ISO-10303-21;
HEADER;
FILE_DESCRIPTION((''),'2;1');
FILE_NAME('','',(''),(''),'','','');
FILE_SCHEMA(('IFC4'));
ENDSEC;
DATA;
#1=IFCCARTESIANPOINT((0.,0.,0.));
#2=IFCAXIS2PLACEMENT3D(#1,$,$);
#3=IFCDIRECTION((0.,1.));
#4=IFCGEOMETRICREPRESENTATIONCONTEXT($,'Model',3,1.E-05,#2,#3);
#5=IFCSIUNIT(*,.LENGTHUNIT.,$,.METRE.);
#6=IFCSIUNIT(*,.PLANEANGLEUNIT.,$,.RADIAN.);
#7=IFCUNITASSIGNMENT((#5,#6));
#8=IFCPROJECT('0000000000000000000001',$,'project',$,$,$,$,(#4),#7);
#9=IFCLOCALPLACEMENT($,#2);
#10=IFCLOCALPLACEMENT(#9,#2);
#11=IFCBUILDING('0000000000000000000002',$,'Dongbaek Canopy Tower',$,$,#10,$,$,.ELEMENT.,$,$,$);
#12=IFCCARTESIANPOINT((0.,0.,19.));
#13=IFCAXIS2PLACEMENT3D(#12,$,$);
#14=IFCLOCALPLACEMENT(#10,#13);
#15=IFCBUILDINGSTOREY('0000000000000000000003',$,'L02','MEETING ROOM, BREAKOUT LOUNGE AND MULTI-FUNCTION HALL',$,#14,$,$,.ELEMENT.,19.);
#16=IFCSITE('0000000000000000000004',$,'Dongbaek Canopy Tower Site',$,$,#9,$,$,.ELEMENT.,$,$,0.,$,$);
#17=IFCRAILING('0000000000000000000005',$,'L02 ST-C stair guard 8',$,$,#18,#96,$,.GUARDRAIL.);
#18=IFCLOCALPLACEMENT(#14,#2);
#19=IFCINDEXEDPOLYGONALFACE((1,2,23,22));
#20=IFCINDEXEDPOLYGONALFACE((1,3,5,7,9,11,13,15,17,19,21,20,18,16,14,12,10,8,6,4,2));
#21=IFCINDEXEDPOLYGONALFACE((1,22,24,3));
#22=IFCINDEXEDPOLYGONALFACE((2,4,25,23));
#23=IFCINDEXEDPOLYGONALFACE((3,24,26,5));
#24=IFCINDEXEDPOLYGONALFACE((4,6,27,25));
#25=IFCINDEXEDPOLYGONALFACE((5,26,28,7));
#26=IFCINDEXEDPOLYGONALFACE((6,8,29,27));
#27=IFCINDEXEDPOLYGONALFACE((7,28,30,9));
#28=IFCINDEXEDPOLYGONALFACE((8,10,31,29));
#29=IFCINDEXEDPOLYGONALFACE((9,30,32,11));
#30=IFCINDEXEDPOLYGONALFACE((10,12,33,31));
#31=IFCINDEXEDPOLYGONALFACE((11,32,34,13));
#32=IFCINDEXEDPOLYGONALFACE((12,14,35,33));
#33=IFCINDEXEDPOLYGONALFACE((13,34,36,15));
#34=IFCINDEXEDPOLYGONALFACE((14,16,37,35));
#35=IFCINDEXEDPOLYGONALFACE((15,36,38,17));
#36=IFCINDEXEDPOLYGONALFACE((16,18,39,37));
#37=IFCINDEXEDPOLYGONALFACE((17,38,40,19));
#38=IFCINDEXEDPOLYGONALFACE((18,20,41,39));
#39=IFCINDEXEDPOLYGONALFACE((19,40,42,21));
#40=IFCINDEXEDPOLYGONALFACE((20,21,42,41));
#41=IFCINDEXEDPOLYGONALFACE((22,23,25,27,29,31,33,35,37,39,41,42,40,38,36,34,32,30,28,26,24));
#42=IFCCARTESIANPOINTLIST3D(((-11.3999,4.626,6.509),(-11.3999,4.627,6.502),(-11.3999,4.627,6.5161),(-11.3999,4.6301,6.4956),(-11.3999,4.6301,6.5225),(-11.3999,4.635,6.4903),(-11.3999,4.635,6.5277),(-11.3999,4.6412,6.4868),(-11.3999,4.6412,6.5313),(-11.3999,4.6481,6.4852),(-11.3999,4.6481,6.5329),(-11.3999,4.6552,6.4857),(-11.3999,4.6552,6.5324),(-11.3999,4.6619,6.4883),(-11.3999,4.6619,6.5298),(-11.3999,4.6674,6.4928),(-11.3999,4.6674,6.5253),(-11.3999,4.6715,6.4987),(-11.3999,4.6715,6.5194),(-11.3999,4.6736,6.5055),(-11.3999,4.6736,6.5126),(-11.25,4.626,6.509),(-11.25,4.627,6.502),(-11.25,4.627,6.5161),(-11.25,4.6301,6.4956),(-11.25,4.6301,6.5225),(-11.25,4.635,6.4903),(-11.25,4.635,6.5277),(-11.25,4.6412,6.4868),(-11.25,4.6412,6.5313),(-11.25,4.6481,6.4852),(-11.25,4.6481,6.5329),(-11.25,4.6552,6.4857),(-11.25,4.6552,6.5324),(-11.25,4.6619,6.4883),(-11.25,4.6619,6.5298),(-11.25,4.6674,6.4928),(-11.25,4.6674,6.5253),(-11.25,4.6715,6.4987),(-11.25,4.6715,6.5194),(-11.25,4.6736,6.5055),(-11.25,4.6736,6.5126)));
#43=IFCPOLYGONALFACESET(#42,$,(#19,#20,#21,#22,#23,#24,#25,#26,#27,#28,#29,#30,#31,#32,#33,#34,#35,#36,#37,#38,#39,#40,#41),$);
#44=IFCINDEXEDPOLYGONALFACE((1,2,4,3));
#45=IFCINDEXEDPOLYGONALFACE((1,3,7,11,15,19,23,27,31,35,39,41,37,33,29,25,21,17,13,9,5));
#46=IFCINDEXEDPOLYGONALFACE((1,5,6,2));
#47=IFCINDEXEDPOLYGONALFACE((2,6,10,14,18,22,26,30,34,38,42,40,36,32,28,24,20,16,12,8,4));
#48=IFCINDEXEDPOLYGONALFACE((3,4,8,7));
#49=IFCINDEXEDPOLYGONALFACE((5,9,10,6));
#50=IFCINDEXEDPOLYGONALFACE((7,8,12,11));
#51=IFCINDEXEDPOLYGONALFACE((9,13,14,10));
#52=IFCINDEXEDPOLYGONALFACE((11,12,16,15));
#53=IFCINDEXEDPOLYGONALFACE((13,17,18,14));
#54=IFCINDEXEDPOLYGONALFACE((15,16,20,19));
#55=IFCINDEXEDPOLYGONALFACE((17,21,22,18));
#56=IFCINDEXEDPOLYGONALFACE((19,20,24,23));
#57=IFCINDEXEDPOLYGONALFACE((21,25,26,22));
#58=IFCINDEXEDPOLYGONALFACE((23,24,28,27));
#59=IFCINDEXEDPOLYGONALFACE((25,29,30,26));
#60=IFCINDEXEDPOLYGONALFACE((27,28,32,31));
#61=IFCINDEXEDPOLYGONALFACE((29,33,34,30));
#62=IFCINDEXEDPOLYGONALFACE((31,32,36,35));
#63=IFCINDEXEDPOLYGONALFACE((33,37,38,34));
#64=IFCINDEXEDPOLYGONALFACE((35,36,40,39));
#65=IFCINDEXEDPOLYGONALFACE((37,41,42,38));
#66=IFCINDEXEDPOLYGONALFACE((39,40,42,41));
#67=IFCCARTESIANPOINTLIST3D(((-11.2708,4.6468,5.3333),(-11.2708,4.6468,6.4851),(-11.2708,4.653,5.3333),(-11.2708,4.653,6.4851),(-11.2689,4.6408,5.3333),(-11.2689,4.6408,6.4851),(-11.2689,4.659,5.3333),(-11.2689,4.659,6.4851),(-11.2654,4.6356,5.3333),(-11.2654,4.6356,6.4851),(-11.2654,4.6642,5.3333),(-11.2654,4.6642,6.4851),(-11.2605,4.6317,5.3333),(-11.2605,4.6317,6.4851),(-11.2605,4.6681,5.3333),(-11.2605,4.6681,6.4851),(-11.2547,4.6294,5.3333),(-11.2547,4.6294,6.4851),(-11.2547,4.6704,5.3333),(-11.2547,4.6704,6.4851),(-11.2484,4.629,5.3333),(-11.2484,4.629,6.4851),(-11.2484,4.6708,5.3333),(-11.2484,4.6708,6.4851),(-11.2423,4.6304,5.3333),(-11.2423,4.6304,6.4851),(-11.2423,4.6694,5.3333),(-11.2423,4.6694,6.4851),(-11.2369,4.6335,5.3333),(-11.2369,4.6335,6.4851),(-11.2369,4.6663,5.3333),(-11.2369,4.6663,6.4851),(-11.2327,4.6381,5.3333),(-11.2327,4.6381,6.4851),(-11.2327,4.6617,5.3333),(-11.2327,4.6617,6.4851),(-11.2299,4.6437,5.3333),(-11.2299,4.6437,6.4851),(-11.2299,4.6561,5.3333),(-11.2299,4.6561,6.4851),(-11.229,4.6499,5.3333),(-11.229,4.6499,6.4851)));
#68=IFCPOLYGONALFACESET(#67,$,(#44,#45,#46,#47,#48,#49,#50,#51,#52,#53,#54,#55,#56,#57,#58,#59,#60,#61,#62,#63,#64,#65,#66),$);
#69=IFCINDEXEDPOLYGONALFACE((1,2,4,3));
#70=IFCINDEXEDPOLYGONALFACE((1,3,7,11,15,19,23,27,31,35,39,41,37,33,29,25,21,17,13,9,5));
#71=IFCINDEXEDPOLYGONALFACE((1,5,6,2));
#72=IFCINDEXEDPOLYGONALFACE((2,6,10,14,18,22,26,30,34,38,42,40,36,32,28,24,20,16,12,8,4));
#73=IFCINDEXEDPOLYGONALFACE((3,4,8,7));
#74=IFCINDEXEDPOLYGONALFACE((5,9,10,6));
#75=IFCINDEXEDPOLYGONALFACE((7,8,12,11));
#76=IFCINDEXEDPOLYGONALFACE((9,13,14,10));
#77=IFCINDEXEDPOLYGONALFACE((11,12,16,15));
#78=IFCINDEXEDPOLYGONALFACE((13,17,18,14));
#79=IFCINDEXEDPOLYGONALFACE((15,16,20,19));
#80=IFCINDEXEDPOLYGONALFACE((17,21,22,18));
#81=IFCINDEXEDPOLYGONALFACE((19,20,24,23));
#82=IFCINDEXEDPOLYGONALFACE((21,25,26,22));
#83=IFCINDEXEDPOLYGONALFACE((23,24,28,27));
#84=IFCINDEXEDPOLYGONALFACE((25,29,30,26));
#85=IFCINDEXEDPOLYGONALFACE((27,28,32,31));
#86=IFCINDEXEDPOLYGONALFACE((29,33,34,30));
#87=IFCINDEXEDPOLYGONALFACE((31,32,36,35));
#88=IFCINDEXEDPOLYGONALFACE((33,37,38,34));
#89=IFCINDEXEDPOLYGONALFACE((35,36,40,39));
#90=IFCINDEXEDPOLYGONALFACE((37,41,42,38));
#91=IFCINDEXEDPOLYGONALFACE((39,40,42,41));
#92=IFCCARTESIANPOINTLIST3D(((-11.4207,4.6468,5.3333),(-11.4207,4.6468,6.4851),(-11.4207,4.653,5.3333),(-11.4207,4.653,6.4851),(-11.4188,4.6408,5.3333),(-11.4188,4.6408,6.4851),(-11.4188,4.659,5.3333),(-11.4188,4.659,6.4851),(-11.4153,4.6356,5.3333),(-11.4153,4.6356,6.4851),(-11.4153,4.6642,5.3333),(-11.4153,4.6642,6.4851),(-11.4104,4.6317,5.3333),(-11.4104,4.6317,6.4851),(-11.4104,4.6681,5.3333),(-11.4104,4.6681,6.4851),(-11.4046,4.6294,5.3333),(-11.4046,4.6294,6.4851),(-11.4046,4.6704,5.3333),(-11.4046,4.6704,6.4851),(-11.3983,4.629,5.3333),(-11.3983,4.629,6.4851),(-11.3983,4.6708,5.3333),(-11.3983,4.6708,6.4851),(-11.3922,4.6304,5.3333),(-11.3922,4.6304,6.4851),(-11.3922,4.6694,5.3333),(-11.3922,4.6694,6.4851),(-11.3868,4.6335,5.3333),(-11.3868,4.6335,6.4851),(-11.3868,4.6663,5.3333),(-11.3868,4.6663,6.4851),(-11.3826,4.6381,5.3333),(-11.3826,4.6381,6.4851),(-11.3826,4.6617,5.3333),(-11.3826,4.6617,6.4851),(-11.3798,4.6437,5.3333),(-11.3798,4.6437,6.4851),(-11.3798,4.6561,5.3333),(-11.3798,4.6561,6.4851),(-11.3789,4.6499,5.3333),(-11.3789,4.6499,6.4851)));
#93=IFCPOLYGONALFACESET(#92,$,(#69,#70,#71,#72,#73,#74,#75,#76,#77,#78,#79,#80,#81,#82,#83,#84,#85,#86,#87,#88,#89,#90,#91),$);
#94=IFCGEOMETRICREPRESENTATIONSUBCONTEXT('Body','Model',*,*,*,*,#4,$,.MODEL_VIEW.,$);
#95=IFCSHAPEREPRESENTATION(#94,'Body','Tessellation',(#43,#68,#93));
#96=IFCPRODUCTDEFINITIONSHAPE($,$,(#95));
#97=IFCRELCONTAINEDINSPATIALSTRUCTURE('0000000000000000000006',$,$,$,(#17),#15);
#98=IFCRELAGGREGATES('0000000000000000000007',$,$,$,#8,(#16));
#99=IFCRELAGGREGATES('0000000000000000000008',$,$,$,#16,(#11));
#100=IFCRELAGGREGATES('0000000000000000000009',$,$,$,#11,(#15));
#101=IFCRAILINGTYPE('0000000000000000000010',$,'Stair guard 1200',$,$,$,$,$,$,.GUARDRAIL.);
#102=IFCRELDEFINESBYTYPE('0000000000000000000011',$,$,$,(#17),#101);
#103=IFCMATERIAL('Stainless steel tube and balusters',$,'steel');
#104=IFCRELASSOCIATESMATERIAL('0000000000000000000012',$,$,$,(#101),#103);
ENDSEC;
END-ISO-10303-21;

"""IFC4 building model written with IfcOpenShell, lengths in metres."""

from ifc_helpers import new_model, si_unit, direction, frame, origin, origin_2d, place, context, subcontext, project, spatial, circle, extrude, material, type_object, element, save


model = new_model("IFC4")

# Units and contexts
model_context = context("Model", 3, precision=1e-05, world=origin(), true_north=direction((0.0, 1.0)))
body_context = subcontext(model_context, "Body", "Model", "MODEL_VIEW")
ifc_project = project(units=[si_unit("LENGTHUNIT", "METRE"), si_unit("PLANEANGLEUNIT", "RADIAN")], contexts=[model_context])

# Site, building, storey
site_placement = place(None, origin())
site = spatial("IfcSite", under=ifc_project, at=site_placement, Name="Dongbaek Canopy Tower Site", CompositionType="ELEMENT", RefElevation=0.0)
building_placement = place(site_placement, origin())
building = spatial("IfcBuilding", under=site, at=building_placement, Name="Dongbaek Canopy Tower", CompositionType="ELEMENT")
storey_placement = place(building_placement, frame((0.0, 0.0, 19.0)))
storey = spatial("IfcBuildingStorey", under=building, at=storey_placement, Name="L02", Description="MEETING ROOM, BREAKOUT LOUNGE AND MULTI-FUNCTION HALL", CompositionType="ELEMENT", Elevation=19.0)

# Railing
ifc_material_1 = material(Name="Stainless steel tube and balusters", Category="steel")
railing_type_1 = type_object("IfcRailingType", Name="Stair guard 1200", PredefinedType="GUARDRAIL", material=ifc_material_1)
railing_1_placement = place(storey_placement, frame((-11.25, 4.6499, 5.3333)))
element("IfcRailing", 1, at=railing_1_placement, inside=storey, type_object=railing_type_1, Name="L02 ST-C stair guard 8", PredefinedType="GUARDRAIL", context=body_context, shape_type="SweptSolid", body=[
    extrude(circle(Radius=0.0239, at=origin_2d()), frame((0.0, 0.0, 1.1758), z_axis=(-1.0, 0.0, 0.0), x_axis=(0.0, -1.0, 0.0)), (0.0, 0.0, 1.0), 0.1499),
    extrude(circle(Radius=0.021, at=origin_2d()), origin(), (0.0, 0.0, 1.0), 1.1519),
    extrude(circle(Radius=0.021, at=origin_2d()), frame((-0.1499, 0.0, 0.0)), (0.0, 0.0, 1.0), 1.1519),
])

save(model, "model.ifc")
